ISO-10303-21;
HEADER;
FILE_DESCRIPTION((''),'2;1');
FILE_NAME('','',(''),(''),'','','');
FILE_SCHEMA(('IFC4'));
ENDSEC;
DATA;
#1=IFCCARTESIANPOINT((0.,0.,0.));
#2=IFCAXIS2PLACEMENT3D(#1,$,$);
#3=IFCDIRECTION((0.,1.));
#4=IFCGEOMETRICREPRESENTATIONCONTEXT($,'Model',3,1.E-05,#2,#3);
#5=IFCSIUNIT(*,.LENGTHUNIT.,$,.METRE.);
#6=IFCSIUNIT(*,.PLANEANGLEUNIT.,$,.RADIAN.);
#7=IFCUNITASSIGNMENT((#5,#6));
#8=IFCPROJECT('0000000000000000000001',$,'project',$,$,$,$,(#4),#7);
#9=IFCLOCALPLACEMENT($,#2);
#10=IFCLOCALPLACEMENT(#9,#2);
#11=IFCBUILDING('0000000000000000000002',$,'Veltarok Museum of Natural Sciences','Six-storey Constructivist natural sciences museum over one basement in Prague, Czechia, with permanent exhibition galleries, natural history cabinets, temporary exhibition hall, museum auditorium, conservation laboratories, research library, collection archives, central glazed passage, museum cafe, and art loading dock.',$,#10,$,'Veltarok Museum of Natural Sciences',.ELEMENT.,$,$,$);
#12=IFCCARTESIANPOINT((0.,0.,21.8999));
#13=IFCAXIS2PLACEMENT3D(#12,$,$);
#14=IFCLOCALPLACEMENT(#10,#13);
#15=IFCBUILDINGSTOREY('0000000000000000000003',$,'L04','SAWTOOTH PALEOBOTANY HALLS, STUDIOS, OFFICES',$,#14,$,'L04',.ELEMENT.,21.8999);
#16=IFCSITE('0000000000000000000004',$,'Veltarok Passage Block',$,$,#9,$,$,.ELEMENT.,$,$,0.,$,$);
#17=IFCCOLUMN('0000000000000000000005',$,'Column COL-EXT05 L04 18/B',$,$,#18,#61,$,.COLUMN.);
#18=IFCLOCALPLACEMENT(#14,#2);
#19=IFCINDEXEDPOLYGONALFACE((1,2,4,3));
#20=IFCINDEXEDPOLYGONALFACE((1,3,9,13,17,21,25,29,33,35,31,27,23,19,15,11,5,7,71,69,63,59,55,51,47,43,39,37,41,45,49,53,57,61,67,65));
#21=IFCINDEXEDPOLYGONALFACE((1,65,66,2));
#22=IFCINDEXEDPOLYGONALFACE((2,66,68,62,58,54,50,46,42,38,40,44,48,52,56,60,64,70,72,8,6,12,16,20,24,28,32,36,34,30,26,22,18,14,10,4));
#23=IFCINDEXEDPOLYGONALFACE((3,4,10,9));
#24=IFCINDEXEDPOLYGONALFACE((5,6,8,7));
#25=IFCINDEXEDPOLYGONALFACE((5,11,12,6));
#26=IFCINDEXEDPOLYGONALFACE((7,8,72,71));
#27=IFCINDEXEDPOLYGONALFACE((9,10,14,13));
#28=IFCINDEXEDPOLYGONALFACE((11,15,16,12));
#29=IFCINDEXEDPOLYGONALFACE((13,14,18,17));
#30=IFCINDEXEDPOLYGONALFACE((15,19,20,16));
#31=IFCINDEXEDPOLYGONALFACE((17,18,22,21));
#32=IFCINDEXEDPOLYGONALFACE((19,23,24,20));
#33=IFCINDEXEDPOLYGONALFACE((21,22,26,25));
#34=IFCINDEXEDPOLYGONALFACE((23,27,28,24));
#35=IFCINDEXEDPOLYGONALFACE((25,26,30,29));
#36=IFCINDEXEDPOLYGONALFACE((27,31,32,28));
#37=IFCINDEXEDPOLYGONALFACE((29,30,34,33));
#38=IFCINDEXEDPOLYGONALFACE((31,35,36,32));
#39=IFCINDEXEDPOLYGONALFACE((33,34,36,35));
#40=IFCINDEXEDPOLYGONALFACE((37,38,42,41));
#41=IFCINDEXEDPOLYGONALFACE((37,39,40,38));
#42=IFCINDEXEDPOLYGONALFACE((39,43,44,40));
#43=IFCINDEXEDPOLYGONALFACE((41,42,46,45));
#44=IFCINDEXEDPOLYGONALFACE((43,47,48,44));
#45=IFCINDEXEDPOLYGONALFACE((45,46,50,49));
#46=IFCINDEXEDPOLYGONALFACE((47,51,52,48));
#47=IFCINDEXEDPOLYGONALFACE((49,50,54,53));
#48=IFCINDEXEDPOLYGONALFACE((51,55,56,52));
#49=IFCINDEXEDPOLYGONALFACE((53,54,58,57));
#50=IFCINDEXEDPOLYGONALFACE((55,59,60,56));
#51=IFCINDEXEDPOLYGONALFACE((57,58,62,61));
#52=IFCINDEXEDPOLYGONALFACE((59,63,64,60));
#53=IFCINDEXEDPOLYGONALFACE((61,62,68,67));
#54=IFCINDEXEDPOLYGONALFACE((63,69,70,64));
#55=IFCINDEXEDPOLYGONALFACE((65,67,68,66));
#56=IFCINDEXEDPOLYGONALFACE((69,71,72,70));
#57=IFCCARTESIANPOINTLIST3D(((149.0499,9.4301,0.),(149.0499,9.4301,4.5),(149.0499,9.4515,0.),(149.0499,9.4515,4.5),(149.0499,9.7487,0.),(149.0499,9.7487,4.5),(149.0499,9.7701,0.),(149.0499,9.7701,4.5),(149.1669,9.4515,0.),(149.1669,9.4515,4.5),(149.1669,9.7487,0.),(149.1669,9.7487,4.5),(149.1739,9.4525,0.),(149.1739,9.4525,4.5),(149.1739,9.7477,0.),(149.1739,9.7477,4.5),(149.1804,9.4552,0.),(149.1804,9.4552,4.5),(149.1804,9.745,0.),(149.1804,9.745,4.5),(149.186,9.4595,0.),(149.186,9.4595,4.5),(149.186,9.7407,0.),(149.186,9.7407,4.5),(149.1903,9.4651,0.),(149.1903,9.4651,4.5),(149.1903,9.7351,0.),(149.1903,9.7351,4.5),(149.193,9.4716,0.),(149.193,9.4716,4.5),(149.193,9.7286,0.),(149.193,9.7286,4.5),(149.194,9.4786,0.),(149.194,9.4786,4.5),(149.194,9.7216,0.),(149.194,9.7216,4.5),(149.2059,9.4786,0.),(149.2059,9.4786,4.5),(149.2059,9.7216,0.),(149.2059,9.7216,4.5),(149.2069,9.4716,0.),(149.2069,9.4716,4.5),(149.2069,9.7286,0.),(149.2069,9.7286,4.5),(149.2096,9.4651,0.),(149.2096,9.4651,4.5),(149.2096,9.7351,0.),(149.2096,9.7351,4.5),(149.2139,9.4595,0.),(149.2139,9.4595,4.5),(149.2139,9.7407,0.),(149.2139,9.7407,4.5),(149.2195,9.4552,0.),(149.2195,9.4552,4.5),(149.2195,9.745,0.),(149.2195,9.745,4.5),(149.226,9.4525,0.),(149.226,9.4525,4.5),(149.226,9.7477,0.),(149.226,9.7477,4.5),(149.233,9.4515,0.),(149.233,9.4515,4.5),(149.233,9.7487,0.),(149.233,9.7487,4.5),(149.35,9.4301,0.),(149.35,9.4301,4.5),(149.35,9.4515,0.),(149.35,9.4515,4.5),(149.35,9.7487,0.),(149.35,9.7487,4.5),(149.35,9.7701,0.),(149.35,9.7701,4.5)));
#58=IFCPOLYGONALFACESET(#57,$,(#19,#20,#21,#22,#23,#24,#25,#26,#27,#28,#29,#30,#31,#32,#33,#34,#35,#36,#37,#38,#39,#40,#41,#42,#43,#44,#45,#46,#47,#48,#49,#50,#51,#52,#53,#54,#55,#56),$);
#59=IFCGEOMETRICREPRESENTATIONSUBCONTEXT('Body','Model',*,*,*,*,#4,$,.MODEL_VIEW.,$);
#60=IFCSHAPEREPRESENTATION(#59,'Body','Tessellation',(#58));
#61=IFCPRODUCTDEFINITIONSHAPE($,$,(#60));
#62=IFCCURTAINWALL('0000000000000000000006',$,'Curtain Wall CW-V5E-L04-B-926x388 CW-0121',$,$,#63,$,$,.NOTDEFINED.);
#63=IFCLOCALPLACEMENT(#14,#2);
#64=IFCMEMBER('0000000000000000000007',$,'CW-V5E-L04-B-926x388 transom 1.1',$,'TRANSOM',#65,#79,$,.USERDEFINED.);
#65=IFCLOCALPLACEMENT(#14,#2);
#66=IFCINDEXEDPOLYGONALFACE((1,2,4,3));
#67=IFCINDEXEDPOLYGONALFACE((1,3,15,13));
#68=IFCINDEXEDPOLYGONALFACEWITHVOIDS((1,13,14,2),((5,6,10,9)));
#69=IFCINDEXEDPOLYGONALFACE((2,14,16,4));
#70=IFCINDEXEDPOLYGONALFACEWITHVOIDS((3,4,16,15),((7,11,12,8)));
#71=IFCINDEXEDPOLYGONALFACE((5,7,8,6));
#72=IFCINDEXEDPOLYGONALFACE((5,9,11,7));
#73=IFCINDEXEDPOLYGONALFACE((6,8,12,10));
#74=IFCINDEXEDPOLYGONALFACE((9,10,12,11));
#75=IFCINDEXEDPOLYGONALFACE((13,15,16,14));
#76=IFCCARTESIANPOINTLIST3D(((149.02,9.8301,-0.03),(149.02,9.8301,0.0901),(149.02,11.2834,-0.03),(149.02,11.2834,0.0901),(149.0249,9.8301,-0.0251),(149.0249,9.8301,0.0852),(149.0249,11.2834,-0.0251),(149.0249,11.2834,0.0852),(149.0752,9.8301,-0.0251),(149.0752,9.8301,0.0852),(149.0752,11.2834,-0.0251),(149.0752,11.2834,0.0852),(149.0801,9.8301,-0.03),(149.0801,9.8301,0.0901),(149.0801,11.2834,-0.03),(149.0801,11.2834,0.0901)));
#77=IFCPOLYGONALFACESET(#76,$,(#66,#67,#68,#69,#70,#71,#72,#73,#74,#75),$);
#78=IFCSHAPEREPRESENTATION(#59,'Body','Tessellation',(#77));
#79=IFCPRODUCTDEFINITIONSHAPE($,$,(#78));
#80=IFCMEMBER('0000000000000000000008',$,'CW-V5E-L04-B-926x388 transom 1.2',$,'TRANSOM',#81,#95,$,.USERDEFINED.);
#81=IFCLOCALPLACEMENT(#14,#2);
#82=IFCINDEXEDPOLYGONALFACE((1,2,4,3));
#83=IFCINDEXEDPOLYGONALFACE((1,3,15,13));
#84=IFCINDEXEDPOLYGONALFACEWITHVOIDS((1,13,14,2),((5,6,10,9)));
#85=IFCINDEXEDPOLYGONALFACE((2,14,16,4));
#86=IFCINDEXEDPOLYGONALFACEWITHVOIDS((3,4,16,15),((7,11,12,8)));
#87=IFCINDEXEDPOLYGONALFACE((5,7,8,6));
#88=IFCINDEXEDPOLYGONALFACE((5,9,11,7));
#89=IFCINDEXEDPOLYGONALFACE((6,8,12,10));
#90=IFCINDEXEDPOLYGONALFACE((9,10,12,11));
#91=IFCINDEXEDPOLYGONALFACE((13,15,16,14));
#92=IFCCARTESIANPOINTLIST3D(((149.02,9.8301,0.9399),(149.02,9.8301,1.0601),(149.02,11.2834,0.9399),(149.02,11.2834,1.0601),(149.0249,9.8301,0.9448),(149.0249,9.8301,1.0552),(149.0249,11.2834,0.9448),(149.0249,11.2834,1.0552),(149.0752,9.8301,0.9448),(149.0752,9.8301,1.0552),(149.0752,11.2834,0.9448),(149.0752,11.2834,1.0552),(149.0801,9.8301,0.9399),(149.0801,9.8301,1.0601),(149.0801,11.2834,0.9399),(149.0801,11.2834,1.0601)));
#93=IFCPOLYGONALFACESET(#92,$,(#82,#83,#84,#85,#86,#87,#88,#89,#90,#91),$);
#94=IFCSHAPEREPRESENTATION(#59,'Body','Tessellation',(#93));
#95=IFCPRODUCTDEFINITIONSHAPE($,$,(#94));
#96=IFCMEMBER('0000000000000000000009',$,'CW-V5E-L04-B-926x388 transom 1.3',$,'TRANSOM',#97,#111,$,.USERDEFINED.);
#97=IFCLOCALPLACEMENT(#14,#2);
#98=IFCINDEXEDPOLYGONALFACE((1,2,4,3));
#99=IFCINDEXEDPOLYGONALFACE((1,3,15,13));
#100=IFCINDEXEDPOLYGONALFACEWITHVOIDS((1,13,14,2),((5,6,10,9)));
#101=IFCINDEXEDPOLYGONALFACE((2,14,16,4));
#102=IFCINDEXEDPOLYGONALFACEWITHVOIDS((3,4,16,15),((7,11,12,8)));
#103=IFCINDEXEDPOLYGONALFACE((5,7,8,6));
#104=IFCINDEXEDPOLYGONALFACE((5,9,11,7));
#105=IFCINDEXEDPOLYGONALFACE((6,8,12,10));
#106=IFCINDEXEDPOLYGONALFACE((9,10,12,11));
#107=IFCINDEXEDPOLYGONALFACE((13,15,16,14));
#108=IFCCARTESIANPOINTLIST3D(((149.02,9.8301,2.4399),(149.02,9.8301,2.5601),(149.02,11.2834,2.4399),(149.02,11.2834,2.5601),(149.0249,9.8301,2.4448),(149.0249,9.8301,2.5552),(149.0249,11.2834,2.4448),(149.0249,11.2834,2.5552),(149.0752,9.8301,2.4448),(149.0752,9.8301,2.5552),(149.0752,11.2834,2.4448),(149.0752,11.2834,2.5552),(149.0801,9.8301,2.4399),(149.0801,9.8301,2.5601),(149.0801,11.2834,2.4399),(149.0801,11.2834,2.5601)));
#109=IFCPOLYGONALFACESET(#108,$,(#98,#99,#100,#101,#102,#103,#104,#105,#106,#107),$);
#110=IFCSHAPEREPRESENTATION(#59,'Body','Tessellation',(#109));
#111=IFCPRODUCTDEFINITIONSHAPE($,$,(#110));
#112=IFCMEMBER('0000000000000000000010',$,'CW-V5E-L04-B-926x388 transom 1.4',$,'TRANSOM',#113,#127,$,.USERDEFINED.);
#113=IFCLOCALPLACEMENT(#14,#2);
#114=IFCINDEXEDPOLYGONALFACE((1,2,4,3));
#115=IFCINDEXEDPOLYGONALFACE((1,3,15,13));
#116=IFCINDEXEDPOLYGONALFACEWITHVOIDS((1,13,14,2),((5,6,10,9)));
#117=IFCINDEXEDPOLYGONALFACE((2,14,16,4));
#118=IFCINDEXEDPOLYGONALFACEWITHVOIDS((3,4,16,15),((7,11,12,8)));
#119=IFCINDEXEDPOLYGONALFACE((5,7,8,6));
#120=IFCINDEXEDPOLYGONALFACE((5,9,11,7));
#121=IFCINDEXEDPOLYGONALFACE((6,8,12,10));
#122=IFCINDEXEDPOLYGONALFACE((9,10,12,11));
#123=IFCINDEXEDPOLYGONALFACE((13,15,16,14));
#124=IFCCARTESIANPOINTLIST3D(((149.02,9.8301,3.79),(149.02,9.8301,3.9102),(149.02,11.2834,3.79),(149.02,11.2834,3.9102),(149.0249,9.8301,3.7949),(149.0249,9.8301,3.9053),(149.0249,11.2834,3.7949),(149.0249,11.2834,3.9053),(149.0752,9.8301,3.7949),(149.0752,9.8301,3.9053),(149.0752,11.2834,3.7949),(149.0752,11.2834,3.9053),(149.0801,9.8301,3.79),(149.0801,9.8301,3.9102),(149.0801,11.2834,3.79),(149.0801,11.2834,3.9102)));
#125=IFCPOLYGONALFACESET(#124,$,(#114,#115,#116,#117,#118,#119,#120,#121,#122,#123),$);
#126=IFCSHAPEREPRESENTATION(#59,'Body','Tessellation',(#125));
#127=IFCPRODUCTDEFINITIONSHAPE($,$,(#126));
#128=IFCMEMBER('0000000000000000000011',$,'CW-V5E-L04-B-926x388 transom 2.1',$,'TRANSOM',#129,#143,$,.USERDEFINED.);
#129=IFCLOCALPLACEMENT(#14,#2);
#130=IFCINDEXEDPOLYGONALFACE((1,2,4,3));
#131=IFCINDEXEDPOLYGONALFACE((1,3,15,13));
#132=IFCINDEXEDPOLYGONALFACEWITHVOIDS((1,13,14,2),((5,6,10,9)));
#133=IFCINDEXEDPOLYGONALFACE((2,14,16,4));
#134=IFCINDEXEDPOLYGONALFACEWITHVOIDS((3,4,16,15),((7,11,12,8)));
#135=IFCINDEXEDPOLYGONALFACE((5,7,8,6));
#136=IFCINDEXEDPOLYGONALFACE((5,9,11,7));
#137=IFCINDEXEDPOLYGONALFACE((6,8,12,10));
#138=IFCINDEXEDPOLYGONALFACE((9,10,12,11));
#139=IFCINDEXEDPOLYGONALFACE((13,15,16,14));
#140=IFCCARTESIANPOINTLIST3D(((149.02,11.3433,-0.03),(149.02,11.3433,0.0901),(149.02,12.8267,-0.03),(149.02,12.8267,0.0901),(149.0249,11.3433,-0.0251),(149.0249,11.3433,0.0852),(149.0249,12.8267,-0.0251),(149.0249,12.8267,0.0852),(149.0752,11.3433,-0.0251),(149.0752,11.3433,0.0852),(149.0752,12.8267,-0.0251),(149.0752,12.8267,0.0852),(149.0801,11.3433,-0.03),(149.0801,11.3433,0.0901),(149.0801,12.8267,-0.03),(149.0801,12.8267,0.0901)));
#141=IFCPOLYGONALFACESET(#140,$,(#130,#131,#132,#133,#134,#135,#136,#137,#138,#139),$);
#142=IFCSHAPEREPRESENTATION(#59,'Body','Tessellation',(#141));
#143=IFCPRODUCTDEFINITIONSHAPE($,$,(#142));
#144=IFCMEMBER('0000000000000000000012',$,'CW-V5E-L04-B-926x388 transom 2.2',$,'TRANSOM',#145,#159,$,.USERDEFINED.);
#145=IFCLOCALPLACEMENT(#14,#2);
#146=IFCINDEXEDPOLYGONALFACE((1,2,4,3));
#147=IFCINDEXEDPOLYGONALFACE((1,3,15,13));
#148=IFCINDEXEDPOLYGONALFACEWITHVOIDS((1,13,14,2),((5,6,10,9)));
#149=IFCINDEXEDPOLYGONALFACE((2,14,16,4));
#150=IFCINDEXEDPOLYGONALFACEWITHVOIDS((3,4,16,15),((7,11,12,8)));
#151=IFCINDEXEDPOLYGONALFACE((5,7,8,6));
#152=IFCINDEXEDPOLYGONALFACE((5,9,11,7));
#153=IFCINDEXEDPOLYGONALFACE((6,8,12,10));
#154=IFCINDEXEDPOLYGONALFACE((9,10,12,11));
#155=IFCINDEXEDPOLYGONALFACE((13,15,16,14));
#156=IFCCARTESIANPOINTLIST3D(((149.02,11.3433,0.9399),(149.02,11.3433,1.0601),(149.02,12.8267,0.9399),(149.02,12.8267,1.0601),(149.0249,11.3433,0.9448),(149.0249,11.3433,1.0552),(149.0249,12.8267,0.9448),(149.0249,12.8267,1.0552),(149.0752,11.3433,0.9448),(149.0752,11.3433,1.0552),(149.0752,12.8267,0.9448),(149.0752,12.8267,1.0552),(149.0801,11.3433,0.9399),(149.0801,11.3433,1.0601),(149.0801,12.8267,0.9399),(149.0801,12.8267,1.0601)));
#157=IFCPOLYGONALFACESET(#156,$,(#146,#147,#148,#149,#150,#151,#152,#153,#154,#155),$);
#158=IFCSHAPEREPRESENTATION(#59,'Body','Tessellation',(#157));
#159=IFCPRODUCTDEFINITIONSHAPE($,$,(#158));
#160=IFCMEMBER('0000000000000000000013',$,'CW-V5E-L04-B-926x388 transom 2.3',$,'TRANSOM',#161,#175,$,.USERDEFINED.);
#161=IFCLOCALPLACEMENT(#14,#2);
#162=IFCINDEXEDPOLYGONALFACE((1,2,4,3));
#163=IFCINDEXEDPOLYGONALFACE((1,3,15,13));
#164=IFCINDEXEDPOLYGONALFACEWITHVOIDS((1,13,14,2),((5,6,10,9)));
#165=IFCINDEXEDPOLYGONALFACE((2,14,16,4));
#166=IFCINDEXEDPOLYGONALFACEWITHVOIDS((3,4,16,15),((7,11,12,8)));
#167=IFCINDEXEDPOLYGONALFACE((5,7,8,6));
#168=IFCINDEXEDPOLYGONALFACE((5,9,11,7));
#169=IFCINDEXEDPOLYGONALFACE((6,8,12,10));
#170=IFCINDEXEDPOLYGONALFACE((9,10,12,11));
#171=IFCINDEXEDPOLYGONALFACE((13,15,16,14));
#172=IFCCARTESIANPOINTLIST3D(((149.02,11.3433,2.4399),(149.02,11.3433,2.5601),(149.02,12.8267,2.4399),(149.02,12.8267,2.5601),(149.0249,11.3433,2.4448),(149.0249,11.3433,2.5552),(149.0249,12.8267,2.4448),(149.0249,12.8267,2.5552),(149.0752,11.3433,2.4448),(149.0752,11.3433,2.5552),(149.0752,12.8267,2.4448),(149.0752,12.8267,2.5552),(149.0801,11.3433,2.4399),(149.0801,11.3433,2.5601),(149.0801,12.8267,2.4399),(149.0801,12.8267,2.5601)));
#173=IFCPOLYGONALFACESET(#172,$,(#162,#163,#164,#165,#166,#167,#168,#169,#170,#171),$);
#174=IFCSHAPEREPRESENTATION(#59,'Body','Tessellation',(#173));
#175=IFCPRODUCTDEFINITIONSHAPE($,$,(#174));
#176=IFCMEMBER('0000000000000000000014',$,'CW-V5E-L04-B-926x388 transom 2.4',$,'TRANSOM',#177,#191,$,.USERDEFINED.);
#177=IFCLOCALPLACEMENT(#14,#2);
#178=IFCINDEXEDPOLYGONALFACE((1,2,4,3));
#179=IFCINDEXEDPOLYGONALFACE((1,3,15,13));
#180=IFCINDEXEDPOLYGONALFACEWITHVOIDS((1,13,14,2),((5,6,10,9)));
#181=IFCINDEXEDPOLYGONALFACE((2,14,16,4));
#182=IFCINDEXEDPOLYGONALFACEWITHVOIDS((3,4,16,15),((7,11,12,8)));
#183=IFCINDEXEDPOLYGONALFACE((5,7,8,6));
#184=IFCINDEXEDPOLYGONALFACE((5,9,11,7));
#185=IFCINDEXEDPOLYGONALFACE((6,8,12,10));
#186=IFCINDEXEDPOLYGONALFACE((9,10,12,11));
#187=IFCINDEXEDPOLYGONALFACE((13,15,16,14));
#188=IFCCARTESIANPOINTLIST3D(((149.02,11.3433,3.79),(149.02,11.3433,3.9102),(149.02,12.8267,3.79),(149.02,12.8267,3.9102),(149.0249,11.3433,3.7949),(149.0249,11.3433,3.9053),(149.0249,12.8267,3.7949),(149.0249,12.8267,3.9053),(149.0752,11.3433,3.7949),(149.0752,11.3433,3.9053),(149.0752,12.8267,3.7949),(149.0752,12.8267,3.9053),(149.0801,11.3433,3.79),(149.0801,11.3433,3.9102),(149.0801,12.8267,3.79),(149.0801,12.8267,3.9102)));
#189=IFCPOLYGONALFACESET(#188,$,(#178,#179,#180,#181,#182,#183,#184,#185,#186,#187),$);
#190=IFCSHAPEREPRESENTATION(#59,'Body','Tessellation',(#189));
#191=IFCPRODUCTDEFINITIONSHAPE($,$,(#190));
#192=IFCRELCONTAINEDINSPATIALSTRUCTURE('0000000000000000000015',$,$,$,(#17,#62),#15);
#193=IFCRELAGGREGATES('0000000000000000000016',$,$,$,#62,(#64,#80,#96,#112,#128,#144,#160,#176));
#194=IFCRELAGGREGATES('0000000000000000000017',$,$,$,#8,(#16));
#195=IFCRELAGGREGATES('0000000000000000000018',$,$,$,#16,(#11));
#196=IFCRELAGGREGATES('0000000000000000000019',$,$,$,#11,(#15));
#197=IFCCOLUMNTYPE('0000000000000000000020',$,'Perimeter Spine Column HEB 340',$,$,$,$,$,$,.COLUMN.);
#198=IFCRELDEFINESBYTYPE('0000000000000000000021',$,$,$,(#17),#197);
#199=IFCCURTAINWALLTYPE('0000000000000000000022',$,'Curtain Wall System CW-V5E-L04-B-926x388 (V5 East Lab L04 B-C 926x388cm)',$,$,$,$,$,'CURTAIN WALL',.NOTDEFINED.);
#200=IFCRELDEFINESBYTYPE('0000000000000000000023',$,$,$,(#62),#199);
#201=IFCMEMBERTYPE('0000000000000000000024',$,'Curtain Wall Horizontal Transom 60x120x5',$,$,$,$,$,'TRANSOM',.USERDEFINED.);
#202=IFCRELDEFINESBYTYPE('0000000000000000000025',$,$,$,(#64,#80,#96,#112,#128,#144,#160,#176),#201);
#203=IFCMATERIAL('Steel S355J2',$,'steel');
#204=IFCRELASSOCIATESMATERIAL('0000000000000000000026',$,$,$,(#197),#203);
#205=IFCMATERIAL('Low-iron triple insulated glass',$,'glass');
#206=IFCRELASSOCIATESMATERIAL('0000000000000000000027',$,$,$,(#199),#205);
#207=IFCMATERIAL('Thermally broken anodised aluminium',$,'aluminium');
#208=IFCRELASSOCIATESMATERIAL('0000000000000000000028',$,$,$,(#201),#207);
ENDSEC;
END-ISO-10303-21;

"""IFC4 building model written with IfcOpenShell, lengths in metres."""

from ifc_helpers import new_model, si_unit, direction, frame, origin, origin_2d, place, context, subcontext, project, spatial, hollow_rectangle, i_section, extrude, material, material_profile, profile_set, type_object, element, aggregate, save


model = new_model("IFC4")

# Units and contexts
model_context = context("Model", 3, precision=1e-05, world=origin(), true_north=direction((0.0, 1.0)))
body_context = subcontext(model_context, "Body", "Model", "MODEL_VIEW")
ifc_project = project(units=[si_unit("LENGTHUNIT", "METRE"), si_unit("PLANEANGLEUNIT", "RADIAN")], contexts=[model_context])

# Site, building, storey
site_placement = place(None, origin())
site = spatial("IfcSite", under=ifc_project, at=site_placement, Name="Veltarok Passage Block", CompositionType="ELEMENT", RefElevation=0.0)
building_placement = place(site_placement, origin())
building = spatial("IfcBuilding", under=site, at=building_placement, Name="Veltarok Museum of Natural Sciences", Description="Six-storey Constructivist natural sciences museum over one basement in Prague, Czechia, with permanent exhibition galleries, natural history cabinets, temporary exhibition hall, museum auditorium, conservation laboratories, research library, collection archives, central glazed passage, museum cafe, and art loading dock.", LongName="Veltarok Museum of Natural Sciences", CompositionType="ELEMENT")
storey_placement = place(building_placement, frame((0.0, 0.0, 21.8999)))
storey = spatial("IfcBuildingStorey", under=building, at=storey_placement, Name="L04", Description="SAWTOOTH PALEOBOTANY HALLS, STUDIOS, OFFICES", LongName="L04", CompositionType="ELEMENT", Elevation=21.8999)

# Column
ifc_material_1 = material(Name="Steel S355J2", Category="steel")
ifc_material_profile_1 = material_profile(ifc_material_1, i_section(OverallWidth=0.3, OverallDepth=0.3401, WebThickness=0.012, FlangeThickness=0.0215, FilletRadius=0.0271, at=origin_2d()), Name="HEB 340")
ifc_profile_set_1 = profile_set([ifc_material_profile_1], Name="Steel S355J2")
column_type = type_object("IfcColumnType", Name="Perimeter Spine Column HEB 340", PredefinedType="COLUMN", material=ifc_profile_set_1)
column_placement = place(storey_placement, frame((149.2, 9.6001, 0.0), z_axis=(0.0, 0.0, 1.0), x_axis=(1.0, 0.0, 0.0)))
element("IfcColumn", 1, at=column_placement, inside=storey, type_object=column_type, Name="Column COL-EXT05 L04 18/B", PredefinedType="COLUMN", context=body_context, shape_type="SweptSolid", body=[
    extrude(i_section(OverallWidth=0.3, OverallDepth=0.3401, WebThickness=0.012, FlangeThickness=0.0215, FilletRadius=0.0271, at=origin_2d()), origin(), (0.0, 0.0, 1.0), 4.5),
])

# Curtain wall, members
ifc_material_2 = material(Name="Low-iron triple insulated glass", Category="glass")
curtain_wall_type = type_object("IfcCurtainWallType", Name="Curtain Wall System CW-V5E-L04-B-926x388 (V5 East Lab L04 B-C 926x388cm)", ElementType="CURTAIN WALL", PredefinedType="NOTDEFINED", material=ifc_material_2)
curtain_wall_placement = place(storey_placement, origin())
curtain_wall = element("IfcCurtainWall", 2, at=curtain_wall_placement, inside=storey, type_object=curtain_wall_type, Name="Curtain Wall CW-V5E-L04-B-926x388 CW-0121", PredefinedType="NOTDEFINED")
ifc_material_3 = material(Name="Thermally broken anodised aluminium", Category="aluminium")
ifc_material_profile_2 = material_profile(ifc_material_3, hollow_rectangle(XDim=0.0601, YDim=0.1201, WallThickness=0.0049, at=origin_2d()), Name="CW TRANSOM 60x120x5")
ifc_profile_set_2 = profile_set([ifc_material_profile_2], Name="Thermally broken anodised aluminium")
member_type_1 = type_object("IfcMemberType", Name="Curtain Wall Horizontal Transom 60x120x5", ElementType="TRANSOM", PredefinedType="USERDEFINED", material=ifc_profile_set_2)
member_1_placement = place(storey_placement, frame((149.05, 9.8301, 0.03), z_axis=(0.0, 1.0, 0.0), x_axis=(-1.0, 0.0, 0.0)))
member_1 = element("IfcMember", 3, at=member_1_placement, type_object=member_type_1, Name="CW-V5E-L04-B-926x388 transom 1.1", ObjectType="TRANSOM", PredefinedType="USERDEFINED", context=body_context, shape_type="SweptSolid", body=[
    extrude(hollow_rectangle(XDim=0.0601, YDim=0.1201, WallThickness=0.0049, at=origin_2d()), origin(), (0.0, 0.0, 1.0), 1.4534),
])
member_2_placement = place(storey_placement, frame((149.05, 9.8301, 1.0), z_axis=(0.0, 1.0, 0.0), x_axis=(-1.0, 0.0, 0.0)))
member_2 = element("IfcMember", 4, at=member_2_placement, type_object=member_type_1, Name="CW-V5E-L04-B-926x388 transom 1.2", ObjectType="TRANSOM", PredefinedType="USERDEFINED", context=body_context, shape_type="SweptSolid", body=[
    extrude(hollow_rectangle(XDim=0.0601, YDim=0.1201, WallThickness=0.0049, at=origin_2d()), origin(), (0.0, 0.0, 1.0), 1.4534),
])
member_3_placement = place(storey_placement, frame((149.05, 9.8301, 2.5), z_axis=(0.0, 1.0, 0.0), x_axis=(-1.0, 0.0, 0.0)))
member_3 = element("IfcMember", 5, at=member_3_placement, type_object=member_type_1, Name="CW-V5E-L04-B-926x388 transom 1.3", ObjectType="TRANSOM", PredefinedType="USERDEFINED", context=body_context, shape_type="SweptSolid", body=[
    extrude(hollow_rectangle(XDim=0.0601, YDim=0.1201, WallThickness=0.0049, at=origin_2d()), origin(), (0.0, 0.0, 1.0), 1.4534),
])
member_4_placement = place(storey_placement, frame((149.05, 9.8301, 3.8501), z_axis=(0.0, 1.0, 0.0), x_axis=(-1.0, 0.0, 0.0)))
member_4 = element("IfcMember", 6, at=member_4_placement, type_object=member_type_1, Name="CW-V5E-L04-B-926x388 transom 1.4", ObjectType="TRANSOM", PredefinedType="USERDEFINED", context=body_context, shape_type="SweptSolid", body=[
    extrude(hollow_rectangle(XDim=0.0601, YDim=0.1201, WallThickness=0.0049, at=origin_2d()), origin(), (0.0, 0.0, 1.0), 1.4534),
])
member_5_placement = place(storey_placement, frame((149.05, 11.3433, 0.03), z_axis=(0.0, 1.0, 0.0), x_axis=(-1.0, 0.0, 0.0)))
member_5 = element("IfcMember", 7, at=member_5_placement, type_object=member_type_1, Name="CW-V5E-L04-B-926x388 transom 2.1", ObjectType="TRANSOM", PredefinedType="USERDEFINED", context=body_context, shape_type="SweptSolid", body=[
    extrude(hollow_rectangle(XDim=0.0601, YDim=0.1201, WallThickness=0.0049, at=origin_2d()), origin(), (0.0, 0.0, 1.0), 1.4834),
])
member_6_placement = place(storey_placement, frame((149.05, 11.3433, 1.0), z_axis=(0.0, 1.0, 0.0), x_axis=(-1.0, 0.0, 0.0)))
member_6 = element("IfcMember", 8, at=member_6_placement, type_object=member_type_1, Name="CW-V5E-L04-B-926x388 transom 2.2", ObjectType="TRANSOM", PredefinedType="USERDEFINED", context=body_context, shape_type="SweptSolid", body=[
    extrude(hollow_rectangle(XDim=0.0601, YDim=0.1201, WallThickness=0.0049, at=origin_2d()), origin(), (0.0, 0.0, 1.0), 1.4834),
])
member_7_placement = place(storey_placement, frame((149.05, 11.3433, 2.5), z_axis=(0.0, 1.0, 0.0), x_axis=(-1.0, 0.0, 0.0)))
member_7 = element("IfcMember", 9, at=member_7_placement, type_object=member_type_1, Name="CW-V5E-L04-B-926x388 transom 2.3", ObjectType="TRANSOM", PredefinedType="USERDEFINED", context=body_context, shape_type="SweptSolid", body=[
    extrude(hollow_rectangle(XDim=0.0601, YDim=0.1201, WallThickness=0.0049, at=origin_2d()), origin(), (0.0, 0.0, 1.0), 1.4834),
])
member_8_placement = place(storey_placement, frame((149.05, 11.3433, 3.8501), z_axis=(0.0, 1.0, 0.0), x_axis=(-1.0, 0.0, 0.0)))
member_8 = element("IfcMember", 10, at=member_8_placement, type_object=member_type_1, Name="CW-V5E-L04-B-926x388 transom 2.4", ObjectType="TRANSOM", PredefinedType="USERDEFINED", context=body_context, shape_type="SweptSolid", body=[
    extrude(hollow_rectangle(XDim=0.0601, YDim=0.1201, WallThickness=0.0049, at=origin_2d()), origin(), (0.0, 0.0, 1.0), 1.4834),
])

aggregate(curtain_wall, [member_1, member_2, member_3, member_4, member_5, member_6, member_7, member_8])

save(model, "model.ifc")
